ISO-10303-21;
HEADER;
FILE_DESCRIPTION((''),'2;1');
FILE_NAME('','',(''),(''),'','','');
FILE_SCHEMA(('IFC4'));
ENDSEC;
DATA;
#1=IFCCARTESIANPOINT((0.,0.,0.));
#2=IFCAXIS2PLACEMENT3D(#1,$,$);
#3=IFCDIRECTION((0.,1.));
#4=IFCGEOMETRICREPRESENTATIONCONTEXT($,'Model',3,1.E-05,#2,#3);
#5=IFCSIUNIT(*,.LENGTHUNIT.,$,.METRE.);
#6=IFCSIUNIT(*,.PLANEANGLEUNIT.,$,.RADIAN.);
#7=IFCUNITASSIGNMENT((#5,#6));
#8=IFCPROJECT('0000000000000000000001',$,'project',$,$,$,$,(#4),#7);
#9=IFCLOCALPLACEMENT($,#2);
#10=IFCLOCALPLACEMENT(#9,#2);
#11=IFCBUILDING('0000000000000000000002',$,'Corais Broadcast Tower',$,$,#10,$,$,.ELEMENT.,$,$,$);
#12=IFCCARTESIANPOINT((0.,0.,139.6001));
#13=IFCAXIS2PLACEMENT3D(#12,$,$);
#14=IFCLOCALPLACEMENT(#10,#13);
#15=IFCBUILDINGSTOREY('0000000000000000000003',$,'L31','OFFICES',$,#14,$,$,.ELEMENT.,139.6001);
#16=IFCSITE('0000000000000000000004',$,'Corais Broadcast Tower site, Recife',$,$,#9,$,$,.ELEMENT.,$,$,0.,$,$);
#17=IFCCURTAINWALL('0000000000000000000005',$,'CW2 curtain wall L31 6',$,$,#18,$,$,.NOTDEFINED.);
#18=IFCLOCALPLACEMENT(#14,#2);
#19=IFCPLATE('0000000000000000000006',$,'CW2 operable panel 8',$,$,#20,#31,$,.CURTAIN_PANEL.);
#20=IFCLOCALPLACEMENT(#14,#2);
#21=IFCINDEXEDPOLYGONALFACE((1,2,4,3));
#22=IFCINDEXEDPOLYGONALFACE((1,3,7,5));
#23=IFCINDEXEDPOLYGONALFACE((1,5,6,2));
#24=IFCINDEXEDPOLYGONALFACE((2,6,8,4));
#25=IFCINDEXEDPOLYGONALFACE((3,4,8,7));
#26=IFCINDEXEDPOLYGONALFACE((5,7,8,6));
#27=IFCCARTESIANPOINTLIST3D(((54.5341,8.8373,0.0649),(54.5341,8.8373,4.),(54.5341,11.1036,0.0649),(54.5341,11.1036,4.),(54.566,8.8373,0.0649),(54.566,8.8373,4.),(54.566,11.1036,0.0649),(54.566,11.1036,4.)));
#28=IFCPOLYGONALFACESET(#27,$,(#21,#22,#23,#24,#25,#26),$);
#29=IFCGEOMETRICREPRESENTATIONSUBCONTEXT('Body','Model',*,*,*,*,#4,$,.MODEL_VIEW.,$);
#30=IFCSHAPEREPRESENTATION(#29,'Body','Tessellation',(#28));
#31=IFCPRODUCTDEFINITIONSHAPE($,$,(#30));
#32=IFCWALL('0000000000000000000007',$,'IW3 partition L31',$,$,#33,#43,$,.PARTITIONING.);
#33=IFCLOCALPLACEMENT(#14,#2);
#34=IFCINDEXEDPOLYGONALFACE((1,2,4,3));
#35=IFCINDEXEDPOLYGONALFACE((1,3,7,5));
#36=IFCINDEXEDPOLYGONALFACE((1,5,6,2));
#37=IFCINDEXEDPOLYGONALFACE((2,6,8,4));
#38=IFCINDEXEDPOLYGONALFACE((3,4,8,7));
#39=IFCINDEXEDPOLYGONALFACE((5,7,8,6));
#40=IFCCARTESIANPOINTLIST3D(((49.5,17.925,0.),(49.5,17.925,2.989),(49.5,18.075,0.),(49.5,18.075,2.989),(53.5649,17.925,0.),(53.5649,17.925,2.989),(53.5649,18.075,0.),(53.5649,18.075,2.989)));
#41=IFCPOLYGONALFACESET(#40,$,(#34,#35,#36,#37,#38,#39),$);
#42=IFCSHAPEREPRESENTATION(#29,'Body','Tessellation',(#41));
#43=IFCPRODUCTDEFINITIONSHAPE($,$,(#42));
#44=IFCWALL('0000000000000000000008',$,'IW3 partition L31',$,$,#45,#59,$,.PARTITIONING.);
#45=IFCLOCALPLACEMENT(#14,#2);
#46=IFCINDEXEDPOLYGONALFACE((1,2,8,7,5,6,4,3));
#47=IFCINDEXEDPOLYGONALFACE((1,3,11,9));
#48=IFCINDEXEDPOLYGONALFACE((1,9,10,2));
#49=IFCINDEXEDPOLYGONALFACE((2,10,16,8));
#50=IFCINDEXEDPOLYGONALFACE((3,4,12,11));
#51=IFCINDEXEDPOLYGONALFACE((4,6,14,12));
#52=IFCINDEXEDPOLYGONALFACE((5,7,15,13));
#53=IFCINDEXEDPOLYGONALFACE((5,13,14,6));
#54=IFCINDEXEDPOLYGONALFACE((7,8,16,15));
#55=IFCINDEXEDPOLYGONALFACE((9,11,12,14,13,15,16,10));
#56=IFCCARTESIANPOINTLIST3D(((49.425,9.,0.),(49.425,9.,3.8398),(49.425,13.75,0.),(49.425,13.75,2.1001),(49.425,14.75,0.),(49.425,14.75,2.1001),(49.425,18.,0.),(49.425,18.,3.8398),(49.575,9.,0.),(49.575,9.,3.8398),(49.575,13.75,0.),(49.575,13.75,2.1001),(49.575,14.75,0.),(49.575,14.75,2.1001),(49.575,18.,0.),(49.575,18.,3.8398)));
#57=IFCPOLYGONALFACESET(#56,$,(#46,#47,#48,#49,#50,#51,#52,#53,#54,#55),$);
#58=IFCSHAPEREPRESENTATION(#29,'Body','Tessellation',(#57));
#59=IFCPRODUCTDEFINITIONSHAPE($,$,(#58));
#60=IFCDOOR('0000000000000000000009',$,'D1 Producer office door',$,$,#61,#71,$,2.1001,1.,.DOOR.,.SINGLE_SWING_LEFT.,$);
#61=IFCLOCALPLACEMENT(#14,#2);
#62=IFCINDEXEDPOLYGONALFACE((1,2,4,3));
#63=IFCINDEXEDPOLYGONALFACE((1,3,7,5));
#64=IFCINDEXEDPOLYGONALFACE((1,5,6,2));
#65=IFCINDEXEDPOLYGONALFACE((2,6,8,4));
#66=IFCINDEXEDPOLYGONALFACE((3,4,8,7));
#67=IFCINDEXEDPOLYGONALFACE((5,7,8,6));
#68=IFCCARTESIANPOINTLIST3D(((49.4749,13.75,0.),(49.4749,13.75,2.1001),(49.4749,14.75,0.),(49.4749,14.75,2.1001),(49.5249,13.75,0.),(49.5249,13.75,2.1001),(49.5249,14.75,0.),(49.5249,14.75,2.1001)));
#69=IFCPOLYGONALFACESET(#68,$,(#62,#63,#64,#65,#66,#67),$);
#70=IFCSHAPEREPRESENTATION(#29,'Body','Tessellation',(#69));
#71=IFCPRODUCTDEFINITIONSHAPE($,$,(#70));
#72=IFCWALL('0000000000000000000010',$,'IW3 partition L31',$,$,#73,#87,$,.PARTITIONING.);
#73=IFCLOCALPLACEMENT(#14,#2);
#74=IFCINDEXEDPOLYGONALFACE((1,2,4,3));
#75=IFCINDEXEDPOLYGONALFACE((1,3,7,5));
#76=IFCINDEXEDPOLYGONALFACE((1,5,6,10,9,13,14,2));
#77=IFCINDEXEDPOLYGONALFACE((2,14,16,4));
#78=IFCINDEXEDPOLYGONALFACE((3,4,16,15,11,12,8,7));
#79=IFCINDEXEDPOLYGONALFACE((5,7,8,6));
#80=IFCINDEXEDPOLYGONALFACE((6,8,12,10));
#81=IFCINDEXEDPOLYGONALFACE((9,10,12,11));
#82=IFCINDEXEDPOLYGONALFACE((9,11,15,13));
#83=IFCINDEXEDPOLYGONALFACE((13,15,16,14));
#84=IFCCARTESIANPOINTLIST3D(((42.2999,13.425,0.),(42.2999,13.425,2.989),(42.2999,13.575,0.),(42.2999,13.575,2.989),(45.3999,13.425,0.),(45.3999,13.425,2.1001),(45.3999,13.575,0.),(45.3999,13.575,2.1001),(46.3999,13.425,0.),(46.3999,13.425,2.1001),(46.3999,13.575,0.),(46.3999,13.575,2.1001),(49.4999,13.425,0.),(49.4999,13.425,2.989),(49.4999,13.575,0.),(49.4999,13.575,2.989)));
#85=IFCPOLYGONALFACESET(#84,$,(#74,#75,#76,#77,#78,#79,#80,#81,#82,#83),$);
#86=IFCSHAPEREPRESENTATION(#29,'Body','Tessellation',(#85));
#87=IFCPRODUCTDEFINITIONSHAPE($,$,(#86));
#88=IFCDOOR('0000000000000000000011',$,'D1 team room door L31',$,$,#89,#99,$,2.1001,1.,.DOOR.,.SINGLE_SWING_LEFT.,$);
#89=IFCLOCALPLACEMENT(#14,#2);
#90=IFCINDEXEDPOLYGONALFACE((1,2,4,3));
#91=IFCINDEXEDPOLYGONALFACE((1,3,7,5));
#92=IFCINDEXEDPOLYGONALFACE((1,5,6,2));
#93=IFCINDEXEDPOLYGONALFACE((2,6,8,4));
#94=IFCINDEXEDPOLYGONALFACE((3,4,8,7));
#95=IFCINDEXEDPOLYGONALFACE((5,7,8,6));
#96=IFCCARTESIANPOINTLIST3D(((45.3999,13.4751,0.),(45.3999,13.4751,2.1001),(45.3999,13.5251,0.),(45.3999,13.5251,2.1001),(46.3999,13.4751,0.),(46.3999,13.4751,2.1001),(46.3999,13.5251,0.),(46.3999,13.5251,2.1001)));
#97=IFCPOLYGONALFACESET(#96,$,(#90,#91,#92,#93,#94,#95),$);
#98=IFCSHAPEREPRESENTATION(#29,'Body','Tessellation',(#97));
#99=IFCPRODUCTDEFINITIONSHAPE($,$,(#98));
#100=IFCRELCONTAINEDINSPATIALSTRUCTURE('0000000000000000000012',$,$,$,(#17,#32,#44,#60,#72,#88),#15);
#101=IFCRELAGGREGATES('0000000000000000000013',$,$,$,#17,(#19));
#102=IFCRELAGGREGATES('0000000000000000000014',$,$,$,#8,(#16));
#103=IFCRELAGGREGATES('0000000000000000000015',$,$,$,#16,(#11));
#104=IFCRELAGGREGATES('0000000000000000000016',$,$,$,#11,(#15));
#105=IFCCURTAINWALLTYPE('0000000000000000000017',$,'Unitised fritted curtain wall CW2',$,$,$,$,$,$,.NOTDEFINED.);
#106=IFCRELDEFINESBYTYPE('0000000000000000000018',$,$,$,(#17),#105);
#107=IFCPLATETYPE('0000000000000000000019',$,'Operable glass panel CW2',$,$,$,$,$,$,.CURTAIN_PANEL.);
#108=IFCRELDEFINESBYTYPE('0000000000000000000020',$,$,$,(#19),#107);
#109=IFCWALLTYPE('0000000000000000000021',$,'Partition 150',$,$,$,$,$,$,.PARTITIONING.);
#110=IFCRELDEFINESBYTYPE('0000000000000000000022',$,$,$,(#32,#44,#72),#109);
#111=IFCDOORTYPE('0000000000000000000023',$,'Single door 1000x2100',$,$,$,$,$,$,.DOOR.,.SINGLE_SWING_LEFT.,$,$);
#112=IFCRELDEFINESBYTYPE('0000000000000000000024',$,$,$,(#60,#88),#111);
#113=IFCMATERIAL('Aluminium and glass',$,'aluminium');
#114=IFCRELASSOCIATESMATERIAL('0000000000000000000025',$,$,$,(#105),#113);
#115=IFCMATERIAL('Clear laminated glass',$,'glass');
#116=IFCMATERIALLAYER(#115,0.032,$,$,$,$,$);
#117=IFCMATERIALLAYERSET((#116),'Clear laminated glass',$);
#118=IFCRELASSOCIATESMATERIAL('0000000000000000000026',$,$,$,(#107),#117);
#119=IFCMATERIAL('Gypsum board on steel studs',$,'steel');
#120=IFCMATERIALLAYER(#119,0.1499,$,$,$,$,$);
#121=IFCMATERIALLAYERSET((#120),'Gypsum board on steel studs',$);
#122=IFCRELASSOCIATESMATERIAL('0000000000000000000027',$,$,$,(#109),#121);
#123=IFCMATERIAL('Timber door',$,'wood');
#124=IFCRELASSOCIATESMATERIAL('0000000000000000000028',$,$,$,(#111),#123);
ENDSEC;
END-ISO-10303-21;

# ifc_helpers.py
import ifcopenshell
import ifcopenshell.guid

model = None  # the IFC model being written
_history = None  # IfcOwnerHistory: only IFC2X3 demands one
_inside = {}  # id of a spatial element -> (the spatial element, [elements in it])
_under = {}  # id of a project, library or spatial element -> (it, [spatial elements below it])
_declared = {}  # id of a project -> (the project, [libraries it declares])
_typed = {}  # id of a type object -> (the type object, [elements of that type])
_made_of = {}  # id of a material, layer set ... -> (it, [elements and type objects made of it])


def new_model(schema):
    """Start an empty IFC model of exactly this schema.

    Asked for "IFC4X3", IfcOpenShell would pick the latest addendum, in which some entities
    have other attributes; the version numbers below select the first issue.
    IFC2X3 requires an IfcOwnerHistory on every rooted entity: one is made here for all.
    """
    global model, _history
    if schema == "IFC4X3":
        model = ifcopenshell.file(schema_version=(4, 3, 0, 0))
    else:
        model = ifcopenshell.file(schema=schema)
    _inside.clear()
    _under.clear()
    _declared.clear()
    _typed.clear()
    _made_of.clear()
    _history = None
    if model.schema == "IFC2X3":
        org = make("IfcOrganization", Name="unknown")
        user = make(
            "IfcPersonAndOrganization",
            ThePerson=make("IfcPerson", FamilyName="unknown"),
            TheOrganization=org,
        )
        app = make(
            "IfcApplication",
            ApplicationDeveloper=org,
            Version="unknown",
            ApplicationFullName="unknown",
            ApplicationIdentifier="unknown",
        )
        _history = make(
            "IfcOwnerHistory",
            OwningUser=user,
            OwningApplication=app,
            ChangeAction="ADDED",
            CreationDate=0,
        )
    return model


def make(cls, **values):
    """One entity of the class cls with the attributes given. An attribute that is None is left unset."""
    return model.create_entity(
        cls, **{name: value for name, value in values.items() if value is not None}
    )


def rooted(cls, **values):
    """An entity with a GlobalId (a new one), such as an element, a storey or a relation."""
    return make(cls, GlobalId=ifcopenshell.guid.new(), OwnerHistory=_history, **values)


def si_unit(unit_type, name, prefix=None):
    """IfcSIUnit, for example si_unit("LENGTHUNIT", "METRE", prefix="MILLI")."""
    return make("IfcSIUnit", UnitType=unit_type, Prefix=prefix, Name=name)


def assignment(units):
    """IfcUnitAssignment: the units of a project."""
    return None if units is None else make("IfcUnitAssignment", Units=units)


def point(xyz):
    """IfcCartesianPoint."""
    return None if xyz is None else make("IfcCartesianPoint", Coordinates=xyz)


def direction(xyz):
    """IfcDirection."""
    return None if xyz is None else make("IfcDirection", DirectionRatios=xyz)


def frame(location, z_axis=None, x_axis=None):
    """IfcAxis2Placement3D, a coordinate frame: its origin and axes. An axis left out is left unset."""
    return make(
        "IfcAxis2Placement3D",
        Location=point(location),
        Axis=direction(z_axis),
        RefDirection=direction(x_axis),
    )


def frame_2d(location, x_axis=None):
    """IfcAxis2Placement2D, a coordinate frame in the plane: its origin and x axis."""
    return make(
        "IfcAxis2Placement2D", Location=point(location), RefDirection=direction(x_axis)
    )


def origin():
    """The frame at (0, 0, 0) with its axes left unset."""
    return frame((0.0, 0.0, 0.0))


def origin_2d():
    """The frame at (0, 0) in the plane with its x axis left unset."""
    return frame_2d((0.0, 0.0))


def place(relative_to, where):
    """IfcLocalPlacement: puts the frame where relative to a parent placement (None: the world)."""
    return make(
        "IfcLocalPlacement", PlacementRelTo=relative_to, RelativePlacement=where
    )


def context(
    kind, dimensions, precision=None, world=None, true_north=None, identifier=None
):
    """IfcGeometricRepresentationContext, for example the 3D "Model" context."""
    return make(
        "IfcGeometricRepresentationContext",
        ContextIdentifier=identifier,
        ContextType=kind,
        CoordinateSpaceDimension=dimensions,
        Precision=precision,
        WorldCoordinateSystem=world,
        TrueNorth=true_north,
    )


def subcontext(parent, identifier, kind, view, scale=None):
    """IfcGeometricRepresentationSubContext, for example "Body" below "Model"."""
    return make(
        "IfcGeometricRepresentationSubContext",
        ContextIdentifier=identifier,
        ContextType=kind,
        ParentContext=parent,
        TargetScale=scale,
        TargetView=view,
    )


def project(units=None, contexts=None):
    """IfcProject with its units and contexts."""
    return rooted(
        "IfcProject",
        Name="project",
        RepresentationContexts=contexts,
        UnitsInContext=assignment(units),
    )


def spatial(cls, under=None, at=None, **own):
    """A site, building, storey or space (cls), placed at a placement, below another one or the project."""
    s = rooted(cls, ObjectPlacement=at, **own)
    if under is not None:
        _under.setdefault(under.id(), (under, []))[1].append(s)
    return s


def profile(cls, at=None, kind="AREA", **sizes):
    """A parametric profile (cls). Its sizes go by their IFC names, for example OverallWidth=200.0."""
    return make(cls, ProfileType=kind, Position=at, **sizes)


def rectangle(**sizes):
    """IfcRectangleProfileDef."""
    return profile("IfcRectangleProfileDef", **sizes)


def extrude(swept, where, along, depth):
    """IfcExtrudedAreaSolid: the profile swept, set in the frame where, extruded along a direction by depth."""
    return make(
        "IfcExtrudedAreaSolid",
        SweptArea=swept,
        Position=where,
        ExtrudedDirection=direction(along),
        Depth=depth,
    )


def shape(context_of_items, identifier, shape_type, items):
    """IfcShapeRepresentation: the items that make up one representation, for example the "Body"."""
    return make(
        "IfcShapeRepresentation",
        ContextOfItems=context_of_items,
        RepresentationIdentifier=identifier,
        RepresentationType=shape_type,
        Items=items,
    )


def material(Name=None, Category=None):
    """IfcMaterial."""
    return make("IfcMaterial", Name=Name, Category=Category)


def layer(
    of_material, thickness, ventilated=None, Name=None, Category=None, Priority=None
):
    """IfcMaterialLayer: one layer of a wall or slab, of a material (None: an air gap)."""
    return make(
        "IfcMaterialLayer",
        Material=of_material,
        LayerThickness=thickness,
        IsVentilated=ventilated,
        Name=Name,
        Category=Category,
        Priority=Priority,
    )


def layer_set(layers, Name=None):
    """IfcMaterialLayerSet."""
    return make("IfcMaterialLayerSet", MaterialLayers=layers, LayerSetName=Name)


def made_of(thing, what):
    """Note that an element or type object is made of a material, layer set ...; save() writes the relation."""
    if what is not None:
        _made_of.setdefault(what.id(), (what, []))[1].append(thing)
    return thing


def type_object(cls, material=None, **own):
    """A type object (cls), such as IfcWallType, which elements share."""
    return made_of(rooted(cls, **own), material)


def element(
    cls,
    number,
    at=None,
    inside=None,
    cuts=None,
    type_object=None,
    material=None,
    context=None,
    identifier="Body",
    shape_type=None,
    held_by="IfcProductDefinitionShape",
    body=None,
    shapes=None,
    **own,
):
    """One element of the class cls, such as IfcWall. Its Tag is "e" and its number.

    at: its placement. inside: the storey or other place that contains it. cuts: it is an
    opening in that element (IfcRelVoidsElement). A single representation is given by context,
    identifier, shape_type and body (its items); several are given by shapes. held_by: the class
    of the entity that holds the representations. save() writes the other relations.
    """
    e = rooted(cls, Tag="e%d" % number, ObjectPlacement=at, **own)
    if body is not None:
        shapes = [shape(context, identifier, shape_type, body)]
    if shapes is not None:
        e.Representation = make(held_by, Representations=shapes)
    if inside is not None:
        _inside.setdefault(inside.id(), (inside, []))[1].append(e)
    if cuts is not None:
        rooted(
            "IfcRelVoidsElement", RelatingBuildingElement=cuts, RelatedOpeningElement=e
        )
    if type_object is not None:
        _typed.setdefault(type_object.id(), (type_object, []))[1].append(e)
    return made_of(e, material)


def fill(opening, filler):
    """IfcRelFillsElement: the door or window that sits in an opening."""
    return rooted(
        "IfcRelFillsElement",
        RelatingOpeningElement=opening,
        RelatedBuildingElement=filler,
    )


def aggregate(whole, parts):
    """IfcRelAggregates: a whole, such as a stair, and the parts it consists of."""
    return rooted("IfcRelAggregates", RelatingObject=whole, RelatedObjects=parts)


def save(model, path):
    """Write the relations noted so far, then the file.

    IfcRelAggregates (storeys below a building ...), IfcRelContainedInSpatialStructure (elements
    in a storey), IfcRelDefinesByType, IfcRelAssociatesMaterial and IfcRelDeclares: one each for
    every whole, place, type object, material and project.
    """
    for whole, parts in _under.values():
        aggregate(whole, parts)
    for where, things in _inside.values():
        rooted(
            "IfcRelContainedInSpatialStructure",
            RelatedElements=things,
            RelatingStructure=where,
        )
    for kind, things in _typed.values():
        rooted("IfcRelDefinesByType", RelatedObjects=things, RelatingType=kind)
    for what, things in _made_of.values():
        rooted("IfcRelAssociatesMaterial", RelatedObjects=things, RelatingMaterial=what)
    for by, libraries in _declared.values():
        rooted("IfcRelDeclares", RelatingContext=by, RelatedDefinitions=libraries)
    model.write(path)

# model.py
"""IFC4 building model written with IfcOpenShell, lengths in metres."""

from ifc_helpers import new_model, si_unit, direction, frame, frame_2d, origin, origin_2d, place, context, subcontext, project, spatial, rectangle, extrude, material, layer, layer_set, type_object, element, fill, aggregate, save


model = new_model("IFC4")

# Units and contexts
model_context = context("Model", 3, precision=1e-05, world=origin(), true_north=direction((0.0, 1.0)))
body_context = subcontext(model_context, "Body", "Model", "MODEL_VIEW")
ifc_project = project(units=[si_unit("LENGTHUNIT", "METRE"), si_unit("PLANEANGLEUNIT", "RADIAN")], contexts=[model_context])

# Site, building, storey
site_placement = place(None, origin())
site = spatial("IfcSite", under=ifc_project, at=site_placement, Name="Corais Broadcast Tower site, Recife", CompositionType="ELEMENT", RefElevation=0.0)
building_placement = place(site_placement, origin())
building = spatial("IfcBuilding", under=site, at=building_placement, Name="Corais Broadcast Tower", CompositionType="ELEMENT")
storey_placement = place(building_placement, frame((0.0, 0.0, 139.6001)))
storey = spatial("IfcBuildingStorey", under=building, at=storey_placement, Name="L31", Description="OFFICES", CompositionType="ELEMENT", Elevation=139.6001)

# Curtain wall
ifc_material_1 = material(Name="Aluminium and glass", Category="aluminium")
curtain_wall_type = type_object("IfcCurtainWallType", Name="Unitised fritted curtain wall CW2", PredefinedType="NOTDEFINED", material=ifc_material_1)
curtain_wall_placement = place(storey_placement, origin())
curtain_wall = element("IfcCurtainWall", 1, at=curtain_wall_placement, inside=storey, type_object=curtain_wall_type, Name="CW2 curtain wall L31 6", PredefinedType="NOTDEFINED")

# Plate
ifc_material_2 = material(Name="Clear laminated glass", Category="glass")
ifc_layer_1 = layer(ifc_material_2, 0.032)
ifc_layer_set_1 = layer_set([ifc_layer_1], Name="Clear laminated glass")
plate_type_1 = type_object("IfcPlateType", Name="Operable glass panel CW2", PredefinedType="CURTAIN_PANEL", material=ifc_layer_set_1)
plate_1_placement = place(storey_placement, frame((54.55, 9.9705, 0.0649), z_axis=(0.0, 0.0, 1.0), x_axis=(0.0, -1.0, 0.0)))
plate_1 = element("IfcPlate", 2, at=plate_1_placement, type_object=plate_type_1, Name="CW2 operable panel 8", PredefinedType="CURTAIN_PANEL", context=body_context, shape_type="SweptSolid", body=[
    extrude(rectangle(XDim=2.2664, YDim=0.032, at=origin_2d()), origin(), (0.0, 0.0, 1.0), 3.9351),
])
aggregate(curtain_wall, [plate_1])

# Wall
ifc_material_3 = material(Name="Gypsum board on steel studs", Category="steel")
ifc_layer_2 = layer(ifc_material_3, 0.1499)
ifc_layer_set_2 = layer_set([ifc_layer_2], Name="Gypsum board on steel studs")
wall_type = type_object("IfcWallType", Name="Partition 150", PredefinedType="PARTITIONING", material=ifc_layer_set_2)
wall_1_placement = place(storey_placement, frame((53.5649, 18.0, 0.0), z_axis=(0.0, 0.0, 1.0), x_axis=(-1.0, 0.0, 0.0)))
element("IfcWall", 3, at=wall_1_placement, inside=storey, type_object=wall_type, Name="IW3 partition L31", PredefinedType="PARTITIONING", context=body_context, shape_type="SweptSolid", body=[
    extrude(rectangle(XDim=4.0649, YDim=0.1499, at=frame_2d((2.0325, 0.0))), origin(), (0.0, 0.0, 1.0), 2.989),
])

# Walls, openings, doors
wall_2_placement = place(storey_placement, frame((49.5, 18.0, 0.0), z_axis=(0.0, 0.0, 1.0), x_axis=(0.0, -1.0, 0.0)))
wall_2 = element("IfcWall", 4, at=wall_2_placement, inside=storey, type_object=wall_type, Name="IW3 partition L31", PredefinedType="PARTITIONING", context=body_context, shape_type="SweptSolid", body=[
    extrude(rectangle(XDim=9.0, YDim=0.1499, at=frame_2d((4.5, 0.0))), origin(), (0.0, 0.0, 1.0), 3.8398),
])
opening_1_placement = place(wall_2_placement, frame((3.25, 0.0, 0.0)))
opening_1 = element("IfcOpeningElement", 5, at=opening_1_placement, cuts=wall_2, PredefinedType="OPENING", context=body_context, shape_type="SweptSolid", body=[
    extrude(rectangle(XDim=1.0, YDim=2.1001, at=frame_2d((0.5, 1.05))), frame((0.0, 0.085, 0.0), z_axis=(0.0, -1.0, 0.0), x_axis=(1.0, 0.0, 0.0)), (0.0, 0.0, 1.0), 0.1699),
])
ifc_material_4 = material(Name="Timber door", Category="wood")
door_type = type_object("IfcDoorType", Name="Single door 1000x2100", OperationType="SINGLE_SWING_LEFT", PredefinedType="DOOR", material=ifc_material_4)
door_1_placement = place(opening_1_placement, origin())
door_1 = element("IfcDoor", 6, at=door_1_placement, inside=storey, type_object=door_type, Name="D1 Producer office door", OperationType="SINGLE_SWING_LEFT", OverallHeight=2.1001, OverallWidth=1.0, PredefinedType="DOOR", context=body_context, shape_type="SweptSolid", body=[
    extrude(rectangle(XDim=1.0, YDim=2.1001, at=frame_2d((0.5, 1.05))), frame((0.0, 0.0249, 0.0), z_axis=(0.0, -1.0, 0.0), x_axis=(1.0, 0.0, 0.0)), (0.0, 0.0, 1.0), 0.05),
])
fill(opening_1, door_1)
wall_3_placement = place(storey_placement, frame((49.5, 13.5, 0.0), z_axis=(0.0, 0.0, 1.0), x_axis=(-1.0, 0.0, 0.0)))
wall_3 = element("IfcWall", 7, at=wall_3_placement, inside=storey, type_object=wall_type, Name="IW3 partition L31", PredefinedType="PARTITIONING", context=body_context, shape_type="SweptSolid", body=[
    extrude(rectangle(XDim=7.2, YDim=0.1499, at=frame_2d((3.6001, 0.0))), origin(), (0.0, 0.0, 1.0), 2.989),
])
opening_2_placement = place(wall_3_placement, frame((3.1001, 0.0, 0.0)))
opening_2 = element("IfcOpeningElement", 8, at=opening_2_placement, cuts=wall_3, PredefinedType="OPENING", context=body_context, shape_type="SweptSolid", body=[
    extrude(rectangle(XDim=1.0, YDim=2.1001, at=frame_2d((0.5, 1.05))), frame((0.0, 0.085, 0.0), z_axis=(0.0, -1.0, 0.0), x_axis=(1.0, 0.0, 0.0)), (0.0, 0.0, 1.0), 0.1699),
])
door_2_placement = place(opening_2_placement, origin())
door_2 = element("IfcDoor", 9, at=door_2_placement, inside=storey, type_object=door_type, Name="D1 team room door L31", OperationType="SINGLE_SWING_LEFT", OverallHeight=2.1001, OverallWidth=1.0, PredefinedType="DOOR", context=body_context, shape_type="SweptSolid", body=[
    extrude(rectangle(XDim=1.0, YDim=2.1001, at=frame_2d((0.5, 1.05))), frame((0.0, 0.0249, 0.0), z_axis=(0.0, -1.0, 0.0), x_axis=(1.0, 0.0, 0.0)), (0.0, 0.0, 1.0), 0.05),
])
fill(opening_2, door_2)

save(model, "model.ifc")
